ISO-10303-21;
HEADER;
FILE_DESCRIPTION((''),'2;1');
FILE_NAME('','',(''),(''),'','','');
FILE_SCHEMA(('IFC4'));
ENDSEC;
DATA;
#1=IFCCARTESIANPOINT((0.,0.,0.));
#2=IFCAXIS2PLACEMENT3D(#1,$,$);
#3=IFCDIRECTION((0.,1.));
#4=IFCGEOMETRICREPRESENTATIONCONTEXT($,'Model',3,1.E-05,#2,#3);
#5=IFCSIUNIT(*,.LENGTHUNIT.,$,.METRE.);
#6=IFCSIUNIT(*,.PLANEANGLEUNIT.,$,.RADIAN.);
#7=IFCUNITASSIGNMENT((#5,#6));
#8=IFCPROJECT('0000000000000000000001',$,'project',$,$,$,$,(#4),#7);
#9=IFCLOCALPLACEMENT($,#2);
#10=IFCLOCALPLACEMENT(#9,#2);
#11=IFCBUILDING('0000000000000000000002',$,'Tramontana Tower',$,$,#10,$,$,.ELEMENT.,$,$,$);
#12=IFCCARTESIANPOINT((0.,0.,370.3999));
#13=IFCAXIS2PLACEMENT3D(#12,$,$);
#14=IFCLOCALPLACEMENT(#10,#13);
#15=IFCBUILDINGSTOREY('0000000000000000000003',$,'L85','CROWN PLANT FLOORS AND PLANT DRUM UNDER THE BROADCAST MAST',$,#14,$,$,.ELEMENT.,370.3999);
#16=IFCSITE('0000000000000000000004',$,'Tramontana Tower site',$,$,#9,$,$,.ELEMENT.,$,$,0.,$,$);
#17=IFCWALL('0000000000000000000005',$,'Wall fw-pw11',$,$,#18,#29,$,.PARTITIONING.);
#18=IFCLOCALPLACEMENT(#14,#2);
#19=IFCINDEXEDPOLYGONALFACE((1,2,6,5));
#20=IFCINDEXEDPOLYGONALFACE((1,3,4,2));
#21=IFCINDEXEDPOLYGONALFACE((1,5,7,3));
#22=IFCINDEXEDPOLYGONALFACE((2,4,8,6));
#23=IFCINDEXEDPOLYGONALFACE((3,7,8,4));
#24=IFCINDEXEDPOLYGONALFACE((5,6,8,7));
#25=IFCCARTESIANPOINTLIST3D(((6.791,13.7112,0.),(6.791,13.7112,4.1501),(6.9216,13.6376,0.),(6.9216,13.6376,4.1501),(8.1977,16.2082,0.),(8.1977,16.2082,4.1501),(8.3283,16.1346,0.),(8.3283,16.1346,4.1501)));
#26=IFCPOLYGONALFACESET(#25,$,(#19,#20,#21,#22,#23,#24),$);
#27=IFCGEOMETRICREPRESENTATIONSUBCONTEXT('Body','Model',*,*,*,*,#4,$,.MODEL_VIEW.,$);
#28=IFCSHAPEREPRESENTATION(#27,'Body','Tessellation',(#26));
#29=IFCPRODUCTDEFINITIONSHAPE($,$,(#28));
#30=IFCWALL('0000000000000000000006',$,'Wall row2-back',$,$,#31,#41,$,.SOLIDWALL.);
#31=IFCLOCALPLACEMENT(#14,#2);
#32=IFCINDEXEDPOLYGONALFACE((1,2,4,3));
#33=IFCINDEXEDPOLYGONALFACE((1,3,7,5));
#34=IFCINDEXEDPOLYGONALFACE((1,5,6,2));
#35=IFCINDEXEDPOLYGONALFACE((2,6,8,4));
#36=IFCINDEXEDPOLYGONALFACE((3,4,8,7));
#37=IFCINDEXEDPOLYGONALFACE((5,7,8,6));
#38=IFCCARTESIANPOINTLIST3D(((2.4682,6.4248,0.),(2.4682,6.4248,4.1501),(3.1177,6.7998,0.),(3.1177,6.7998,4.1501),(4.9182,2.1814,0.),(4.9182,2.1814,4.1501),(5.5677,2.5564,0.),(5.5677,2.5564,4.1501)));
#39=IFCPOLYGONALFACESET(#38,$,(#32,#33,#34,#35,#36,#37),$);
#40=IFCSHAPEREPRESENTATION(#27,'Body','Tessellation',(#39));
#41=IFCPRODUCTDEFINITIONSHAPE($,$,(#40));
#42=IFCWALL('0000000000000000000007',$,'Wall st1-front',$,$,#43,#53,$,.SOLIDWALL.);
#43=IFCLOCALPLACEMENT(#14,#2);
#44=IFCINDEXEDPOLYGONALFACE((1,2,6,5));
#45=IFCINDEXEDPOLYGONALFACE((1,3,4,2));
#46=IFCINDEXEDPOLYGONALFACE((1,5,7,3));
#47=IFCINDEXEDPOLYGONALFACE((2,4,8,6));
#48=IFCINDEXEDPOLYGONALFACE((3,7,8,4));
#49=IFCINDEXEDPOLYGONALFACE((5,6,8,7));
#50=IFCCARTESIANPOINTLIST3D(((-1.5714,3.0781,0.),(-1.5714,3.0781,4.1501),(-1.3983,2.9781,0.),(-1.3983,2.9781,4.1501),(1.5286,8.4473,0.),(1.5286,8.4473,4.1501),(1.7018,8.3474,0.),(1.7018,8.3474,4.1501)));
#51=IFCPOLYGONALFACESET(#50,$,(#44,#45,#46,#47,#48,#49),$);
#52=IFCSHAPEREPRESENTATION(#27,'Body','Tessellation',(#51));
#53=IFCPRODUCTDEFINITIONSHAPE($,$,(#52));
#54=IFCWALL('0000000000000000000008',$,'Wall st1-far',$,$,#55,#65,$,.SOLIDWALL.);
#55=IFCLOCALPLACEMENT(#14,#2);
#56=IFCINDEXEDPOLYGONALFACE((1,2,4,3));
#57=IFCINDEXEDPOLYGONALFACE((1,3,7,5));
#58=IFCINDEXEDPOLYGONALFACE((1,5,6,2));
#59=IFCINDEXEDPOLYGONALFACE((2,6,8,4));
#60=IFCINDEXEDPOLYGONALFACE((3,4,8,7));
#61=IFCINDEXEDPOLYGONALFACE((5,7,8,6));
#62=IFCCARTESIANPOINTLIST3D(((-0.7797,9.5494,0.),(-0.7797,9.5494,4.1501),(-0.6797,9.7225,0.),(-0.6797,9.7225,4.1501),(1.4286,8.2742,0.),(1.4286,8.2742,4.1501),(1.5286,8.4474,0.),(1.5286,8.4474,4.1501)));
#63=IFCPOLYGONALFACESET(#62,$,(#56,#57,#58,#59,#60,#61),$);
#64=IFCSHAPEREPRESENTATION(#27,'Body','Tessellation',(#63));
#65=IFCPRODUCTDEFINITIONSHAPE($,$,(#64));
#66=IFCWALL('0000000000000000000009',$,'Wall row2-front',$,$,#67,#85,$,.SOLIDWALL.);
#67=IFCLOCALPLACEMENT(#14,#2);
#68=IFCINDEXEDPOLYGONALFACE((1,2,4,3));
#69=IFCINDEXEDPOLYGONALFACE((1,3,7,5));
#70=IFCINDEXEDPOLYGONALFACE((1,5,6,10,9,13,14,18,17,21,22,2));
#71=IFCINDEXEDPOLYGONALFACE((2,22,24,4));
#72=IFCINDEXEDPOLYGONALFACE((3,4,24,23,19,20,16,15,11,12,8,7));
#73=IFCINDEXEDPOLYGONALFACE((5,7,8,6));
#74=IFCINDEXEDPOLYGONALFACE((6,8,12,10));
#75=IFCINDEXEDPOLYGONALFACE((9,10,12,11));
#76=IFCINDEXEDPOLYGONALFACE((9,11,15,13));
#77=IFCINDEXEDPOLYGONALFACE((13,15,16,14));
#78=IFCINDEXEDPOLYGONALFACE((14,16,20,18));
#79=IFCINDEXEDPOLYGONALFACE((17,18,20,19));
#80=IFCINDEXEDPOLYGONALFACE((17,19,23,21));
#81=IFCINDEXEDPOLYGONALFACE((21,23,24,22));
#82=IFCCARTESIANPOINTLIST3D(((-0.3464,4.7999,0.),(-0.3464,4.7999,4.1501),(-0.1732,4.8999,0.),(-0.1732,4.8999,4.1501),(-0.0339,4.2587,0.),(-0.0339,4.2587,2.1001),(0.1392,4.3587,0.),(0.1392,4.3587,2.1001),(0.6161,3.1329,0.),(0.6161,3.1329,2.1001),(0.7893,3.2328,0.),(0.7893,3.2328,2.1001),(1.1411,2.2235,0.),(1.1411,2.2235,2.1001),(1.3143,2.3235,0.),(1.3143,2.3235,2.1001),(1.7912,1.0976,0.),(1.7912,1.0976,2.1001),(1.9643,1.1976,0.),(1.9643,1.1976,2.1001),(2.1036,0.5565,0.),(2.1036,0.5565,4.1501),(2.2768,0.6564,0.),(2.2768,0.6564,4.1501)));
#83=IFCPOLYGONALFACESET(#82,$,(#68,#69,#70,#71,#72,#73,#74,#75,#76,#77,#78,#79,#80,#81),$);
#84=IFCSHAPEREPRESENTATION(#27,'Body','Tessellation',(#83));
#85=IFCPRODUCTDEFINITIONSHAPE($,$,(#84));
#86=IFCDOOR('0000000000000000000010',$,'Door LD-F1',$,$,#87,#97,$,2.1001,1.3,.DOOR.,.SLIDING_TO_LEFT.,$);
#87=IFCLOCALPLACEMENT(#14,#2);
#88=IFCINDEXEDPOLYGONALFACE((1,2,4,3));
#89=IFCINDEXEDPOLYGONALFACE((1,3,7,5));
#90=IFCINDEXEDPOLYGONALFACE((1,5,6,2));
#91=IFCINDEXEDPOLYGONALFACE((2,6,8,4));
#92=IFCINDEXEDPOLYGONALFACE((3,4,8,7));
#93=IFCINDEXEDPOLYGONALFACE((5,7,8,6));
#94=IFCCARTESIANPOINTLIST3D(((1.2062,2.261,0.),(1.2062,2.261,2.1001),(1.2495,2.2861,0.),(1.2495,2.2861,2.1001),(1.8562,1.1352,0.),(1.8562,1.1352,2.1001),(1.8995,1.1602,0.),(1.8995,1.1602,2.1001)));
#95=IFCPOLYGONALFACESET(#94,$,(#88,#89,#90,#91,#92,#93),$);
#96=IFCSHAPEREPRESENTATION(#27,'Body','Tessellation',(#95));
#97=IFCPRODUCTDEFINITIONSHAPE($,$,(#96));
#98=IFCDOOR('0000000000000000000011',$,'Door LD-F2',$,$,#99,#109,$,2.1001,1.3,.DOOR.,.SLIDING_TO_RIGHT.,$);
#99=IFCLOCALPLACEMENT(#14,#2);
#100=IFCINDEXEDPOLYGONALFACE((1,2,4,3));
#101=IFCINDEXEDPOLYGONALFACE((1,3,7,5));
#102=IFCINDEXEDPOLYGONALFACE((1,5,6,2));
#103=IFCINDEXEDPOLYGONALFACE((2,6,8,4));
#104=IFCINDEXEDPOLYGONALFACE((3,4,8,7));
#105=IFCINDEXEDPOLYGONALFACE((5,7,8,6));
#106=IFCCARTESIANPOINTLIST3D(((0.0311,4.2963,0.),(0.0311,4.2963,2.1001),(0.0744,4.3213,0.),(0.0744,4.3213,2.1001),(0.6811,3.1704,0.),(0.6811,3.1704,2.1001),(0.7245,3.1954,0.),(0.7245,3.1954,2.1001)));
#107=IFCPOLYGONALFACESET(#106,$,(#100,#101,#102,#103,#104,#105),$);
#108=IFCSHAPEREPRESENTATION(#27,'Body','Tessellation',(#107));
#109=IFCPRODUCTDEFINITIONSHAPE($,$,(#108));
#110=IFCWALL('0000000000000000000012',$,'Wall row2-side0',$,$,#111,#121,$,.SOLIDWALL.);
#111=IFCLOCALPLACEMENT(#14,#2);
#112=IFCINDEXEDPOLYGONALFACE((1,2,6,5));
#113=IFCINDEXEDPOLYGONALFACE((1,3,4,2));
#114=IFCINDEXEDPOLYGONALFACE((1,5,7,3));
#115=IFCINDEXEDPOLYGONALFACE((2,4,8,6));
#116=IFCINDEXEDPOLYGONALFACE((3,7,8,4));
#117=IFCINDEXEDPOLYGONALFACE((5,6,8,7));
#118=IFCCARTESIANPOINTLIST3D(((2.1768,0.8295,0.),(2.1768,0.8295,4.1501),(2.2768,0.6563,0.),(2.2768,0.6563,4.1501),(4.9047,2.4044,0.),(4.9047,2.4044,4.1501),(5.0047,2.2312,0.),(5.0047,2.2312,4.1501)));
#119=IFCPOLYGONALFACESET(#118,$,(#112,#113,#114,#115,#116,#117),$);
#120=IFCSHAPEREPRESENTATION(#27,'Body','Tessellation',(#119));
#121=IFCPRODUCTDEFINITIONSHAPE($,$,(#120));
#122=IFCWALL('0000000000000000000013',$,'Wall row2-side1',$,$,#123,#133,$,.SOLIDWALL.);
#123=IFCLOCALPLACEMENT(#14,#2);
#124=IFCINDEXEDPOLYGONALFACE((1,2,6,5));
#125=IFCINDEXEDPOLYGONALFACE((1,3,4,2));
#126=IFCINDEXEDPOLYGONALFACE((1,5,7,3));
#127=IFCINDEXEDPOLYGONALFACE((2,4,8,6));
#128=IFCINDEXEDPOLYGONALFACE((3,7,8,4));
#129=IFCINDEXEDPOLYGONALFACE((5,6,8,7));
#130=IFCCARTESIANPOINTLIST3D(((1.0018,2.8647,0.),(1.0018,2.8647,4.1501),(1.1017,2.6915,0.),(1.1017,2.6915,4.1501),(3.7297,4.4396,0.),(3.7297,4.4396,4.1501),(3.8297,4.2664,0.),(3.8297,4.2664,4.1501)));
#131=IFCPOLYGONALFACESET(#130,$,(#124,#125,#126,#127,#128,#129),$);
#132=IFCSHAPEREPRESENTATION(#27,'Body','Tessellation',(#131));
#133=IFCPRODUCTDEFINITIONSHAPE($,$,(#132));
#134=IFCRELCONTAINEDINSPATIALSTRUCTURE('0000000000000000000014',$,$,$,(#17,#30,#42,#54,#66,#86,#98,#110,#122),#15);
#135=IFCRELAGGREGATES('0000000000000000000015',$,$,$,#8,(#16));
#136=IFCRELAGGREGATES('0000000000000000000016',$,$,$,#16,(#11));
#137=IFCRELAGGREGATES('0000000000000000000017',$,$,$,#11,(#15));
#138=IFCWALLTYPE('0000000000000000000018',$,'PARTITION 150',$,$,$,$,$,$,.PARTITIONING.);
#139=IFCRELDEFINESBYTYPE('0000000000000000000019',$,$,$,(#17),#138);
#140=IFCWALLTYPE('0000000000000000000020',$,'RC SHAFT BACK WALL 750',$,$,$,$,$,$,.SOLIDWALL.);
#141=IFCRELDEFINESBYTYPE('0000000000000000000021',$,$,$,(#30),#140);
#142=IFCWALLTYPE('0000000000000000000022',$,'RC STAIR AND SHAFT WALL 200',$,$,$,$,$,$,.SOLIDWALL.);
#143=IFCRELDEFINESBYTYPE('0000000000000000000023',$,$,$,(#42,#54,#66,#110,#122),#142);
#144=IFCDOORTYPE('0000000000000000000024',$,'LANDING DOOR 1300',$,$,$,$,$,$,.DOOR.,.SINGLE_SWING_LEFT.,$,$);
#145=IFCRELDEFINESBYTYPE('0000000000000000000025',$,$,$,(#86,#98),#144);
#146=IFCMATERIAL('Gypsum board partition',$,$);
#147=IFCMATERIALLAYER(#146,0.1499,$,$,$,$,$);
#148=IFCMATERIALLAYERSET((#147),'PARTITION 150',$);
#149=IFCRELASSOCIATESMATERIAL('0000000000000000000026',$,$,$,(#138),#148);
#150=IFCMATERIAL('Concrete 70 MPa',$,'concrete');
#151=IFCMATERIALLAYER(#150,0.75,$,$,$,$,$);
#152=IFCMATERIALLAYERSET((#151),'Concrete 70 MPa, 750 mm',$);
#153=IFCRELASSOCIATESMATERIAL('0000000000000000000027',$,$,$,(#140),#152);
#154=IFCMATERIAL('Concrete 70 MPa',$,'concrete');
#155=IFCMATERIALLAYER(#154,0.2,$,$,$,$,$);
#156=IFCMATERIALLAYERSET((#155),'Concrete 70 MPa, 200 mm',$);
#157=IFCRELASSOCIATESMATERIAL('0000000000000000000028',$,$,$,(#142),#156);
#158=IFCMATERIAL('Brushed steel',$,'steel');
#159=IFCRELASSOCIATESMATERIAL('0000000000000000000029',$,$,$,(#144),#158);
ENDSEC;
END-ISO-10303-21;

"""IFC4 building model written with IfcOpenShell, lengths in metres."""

from ifc_helpers import new_model, si_unit, direction, frame, frame_2d, origin, place, context, subcontext, project, spatial, rectangle, extrude, material, layer, layer_set, type_object, element, fill, save


model = new_model("IFC4")

# Units and contexts
model_context = context("Model", 3, precision=1e-05, world=origin(), true_north=direction((0.0, 1.0)))
body_context = subcontext(model_context, "Body", "Model", "MODEL_VIEW")
ifc_project = project(units=[si_unit("LENGTHUNIT", "METRE"), si_unit("PLANEANGLEUNIT", "RADIAN")], contexts=[model_context])

# Site, building, storey
site_placement = place(None, origin())
site = spatial("IfcSite", under=ifc_project, at=site_placement, Name="Tramontana Tower site", CompositionType="ELEMENT", RefElevation=0.0)
building_placement = place(site_placement, origin())
building = spatial("IfcBuilding", under=site, at=building_placement, Name="Tramontana Tower", CompositionType="ELEMENT")
storey_placement = place(building_placement, frame((0.0, 0.0, 370.3999)))
storey = spatial("IfcBuildingStorey", under=building, at=storey_placement, Name="L85", Description="CROWN PLANT FLOORS AND PLANT DRUM UNDER THE BROADCAST MAST", CompositionType="ELEMENT", Elevation=370.3999)

# Walls
ifc_material_1 = material(Name="Gypsum board partition")
ifc_layer_1 = layer(ifc_material_1, 0.1499)
ifc_layer_set_1 = layer_set([ifc_layer_1], Name="PARTITION 150")
wall_type_1 = type_object("IfcWallType", Name="PARTITION 150", PredefinedType="PARTITIONING", material=ifc_layer_set_1)
wall_1_placement = place(storey_placement, frame((6.8562, 13.6743, 0.0), z_axis=(0.0, 0.0, 1.0), x_axis=(0.490827, 0.871257, 0.0)))
element("IfcWall", 1, at=wall_1_placement, inside=storey, type_object=wall_type_1, Name="Wall fw-pw11", PredefinedType="PARTITIONING", context=body_context, shape_type="SweptSolid", body=[
    extrude(rectangle(XDim=2.866, YDim=0.1499, at=frame_2d((1.4331, 0.0))), origin(), (0.0, 0.0, 1.0), 4.1501),
])
ifc_material_2 = material(Name="Concrete 70 MPa", Category="concrete")
ifc_layer_2 = layer(ifc_material_2, 0.75)
ifc_layer_set_2 = layer_set([ifc_layer_2], Name="Concrete 70 MPa, 750 mm")
wall_type_2 = type_object("IfcWallType", Name="RC SHAFT BACK WALL 750", PredefinedType="SOLIDWALL", material=ifc_layer_set_2)
wall_2_placement = place(storey_placement, frame((5.2429, 2.3689, 0.0), z_axis=(0.0, 0.0, 1.0), x_axis=(-0.500003, 0.866024, 0.0)))
element("IfcWall", 2, at=wall_2_placement, inside=storey, type_object=wall_type_2, Name="Wall row2-back", PredefinedType="SOLIDWALL", context=body_context, shape_type="SweptSolid", body=[
    extrude(rectangle(XDim=4.8999, YDim=0.75, at=frame_2d((2.45, 0.0))), origin(), (0.0, 0.0, 1.0), 4.1501),
])
ifc_material_3 = material(Name="Concrete 70 MPa", Category="concrete")
ifc_layer_3 = layer(ifc_material_3, 0.2)
ifc_layer_set_3 = layer_set([ifc_layer_3], Name="Concrete 70 MPa, 200 mm")
wall_type_3 = type_object("IfcWallType", Name="RC STAIR AND SHAFT WALL 200", PredefinedType="SOLIDWALL", material=ifc_layer_set_3)
wall_3_placement = place(storey_placement, frame((1.6152, 8.3975, 0.0), z_axis=(0.0, 0.0, 1.0), x_axis=(-0.50001, -0.86602, 0.0)))
element("IfcWall", 3, at=wall_3_placement, inside=storey, type_object=wall_type_3, Name="Wall st1-front", PredefinedType="SOLIDWALL", context=body_context, shape_type="SweptSolid", body=[
    extrude(rectangle(XDim=6.2, YDim=0.2, at=frame_2d((3.1001, 0.0))), origin(), (0.0, 0.0, 1.0), 4.1501),
])
wall_4_placement = place(storey_placement, frame((1.4785, 8.3608, 0.0), z_axis=(0.0, 0.0, 1.0), x_axis=(-0.865989, 0.500062, 0.0)))
element("IfcWall", 4, at=wall_4_placement, inside=storey, type_object=wall_type_3, Name="Wall st1-far", PredefinedType="SOLIDWALL", context=body_context, shape_type="SweptSolid", body=[
    extrude(rectangle(XDim=2.55, YDim=0.2, at=frame_2d((1.2749, 0.0))), origin(), (0.0, 0.0, 1.0), 4.1501),
])

# Wall, openings, doors
wall_5_placement = place(storey_placement, frame((2.1902, 0.6064, 0.0), z_axis=(0.0, 0.0, 1.0), x_axis=(-0.500003, 0.866024, 0.0)))
wall_5 = element("IfcWall", 5, at=wall_5_placement, inside=storey, type_object=wall_type_3, Name="Wall row2-front", PredefinedType="SOLIDWALL", context=body_context, shape_type="SweptSolid", body=[
    extrude(rectangle(XDim=4.8999, YDim=0.2, at=frame_2d((2.45, 0.0))), origin(), (0.0, 0.0, 1.0), 4.1501),
])
opening_1_placement = place(wall_5_placement, frame((0.625, 0.0, 0.0)))
opening_1 = element("IfcOpeningElement", 6, at=opening_1_placement, cuts=wall_5, PredefinedType="OPENING", context=body_context, shape_type="SweptSolid", body=[
    extrude(rectangle(XDim=1.3, YDim=2.1001, at=frame_2d((0.6499, 1.05))), frame((0.0, 0.1099, 0.0), z_axis=(0.0, -1.0, 0.0), x_axis=(1.0, 0.0, 0.0)), (0.0, 0.0, 1.0), 0.22),
])
opening_2_placement = place(wall_5_placement, frame((2.9751, 0.0, 0.0)))
opening_2 = element("IfcOpeningElement", 7, at=opening_2_placement, cuts=wall_5, PredefinedType="OPENING", context=body_context, shape_type="SweptSolid", body=[
    extrude(rectangle(XDim=1.3, YDim=2.1001, at=frame_2d((0.6499, 1.05))), frame((0.0, 0.1099, 0.0), z_axis=(0.0, -1.0, 0.0), x_axis=(1.0, 0.0, 0.0)), (0.0, 0.0, 1.0), 0.22),
])
ifc_material_4 = material(Name="Brushed steel", Category="steel")
door_type_1 = type_object("IfcDoorType", Name="LANDING DOOR 1300", OperationType="SINGLE_SWING_LEFT", PredefinedType="DOOR", material=ifc_material_4)
door_1_placement = place(opening_1_placement, origin())
door_1 = element("IfcDoor", 8, at=door_1_placement, inside=storey, type_object=door_type_1, Name="Door LD-F1", OperationType="SLIDING_TO_LEFT", OverallHeight=2.1001, OverallWidth=1.3, PredefinedType="DOOR", context=body_context, shape_type="SweptSolid", body=[
    extrude(rectangle(XDim=1.3, YDim=2.1001, at=frame_2d((0.6499, 1.05))), frame((0.0, 0.0249, 0.0), z_axis=(0.0, -1.0, 0.0), x_axis=(1.0, 0.0, 0.0)), (0.0, 0.0, 1.0), 0.05),
])
fill(opening_1, door_1)
door_2_placement = place(opening_2_placement, origin())
door_2 = element("IfcDoor", 9, at=door_2_placement, inside=storey, type_object=door_type_1, Name="Door LD-F2", OperationType="SLIDING_TO_RIGHT", OverallHeight=2.1001, OverallWidth=1.3, PredefinedType="DOOR", context=body_context, shape_type="SweptSolid", body=[
    extrude(rectangle(XDim=1.3, YDim=2.1001, at=frame_2d((0.6499, 1.05))), frame((0.0, 0.0249, 0.0), z_axis=(0.0, -1.0, 0.0), x_axis=(1.0, 0.0, 0.0)), (0.0, 0.0, 1.0), 0.05),
])
fill(opening_2, door_2)

# Walls
for number, where, z_axis, x_axis, name in (
    (10, (2.2268, 0.7429, 0.0), (0.0, 0.0, 1.0), (0.866036, 0.499982, 0.0), "Wall row2-side0"),
    (11, (1.0518, 2.7781, 0.0), (0.0, 0.0, 1.0), (0.866036, 0.499982, 0.0), "Wall row2-side1"),
):
    element("IfcWall", number, at=place(storey_placement, frame(where, z_axis=z_axis, x_axis=x_axis)), inside=storey, type_object=wall_type_3, Name=name, PredefinedType="SOLIDWALL", context=body_context, shape_type="SweptSolid", body=[
        extrude(rectangle(XDim=3.1499, YDim=0.2, at=frame_2d((1.575, 0.0))), origin(), (0.0, 0.0, 1.0), 4.1501),
    ])

save(model, "model.ifc")
